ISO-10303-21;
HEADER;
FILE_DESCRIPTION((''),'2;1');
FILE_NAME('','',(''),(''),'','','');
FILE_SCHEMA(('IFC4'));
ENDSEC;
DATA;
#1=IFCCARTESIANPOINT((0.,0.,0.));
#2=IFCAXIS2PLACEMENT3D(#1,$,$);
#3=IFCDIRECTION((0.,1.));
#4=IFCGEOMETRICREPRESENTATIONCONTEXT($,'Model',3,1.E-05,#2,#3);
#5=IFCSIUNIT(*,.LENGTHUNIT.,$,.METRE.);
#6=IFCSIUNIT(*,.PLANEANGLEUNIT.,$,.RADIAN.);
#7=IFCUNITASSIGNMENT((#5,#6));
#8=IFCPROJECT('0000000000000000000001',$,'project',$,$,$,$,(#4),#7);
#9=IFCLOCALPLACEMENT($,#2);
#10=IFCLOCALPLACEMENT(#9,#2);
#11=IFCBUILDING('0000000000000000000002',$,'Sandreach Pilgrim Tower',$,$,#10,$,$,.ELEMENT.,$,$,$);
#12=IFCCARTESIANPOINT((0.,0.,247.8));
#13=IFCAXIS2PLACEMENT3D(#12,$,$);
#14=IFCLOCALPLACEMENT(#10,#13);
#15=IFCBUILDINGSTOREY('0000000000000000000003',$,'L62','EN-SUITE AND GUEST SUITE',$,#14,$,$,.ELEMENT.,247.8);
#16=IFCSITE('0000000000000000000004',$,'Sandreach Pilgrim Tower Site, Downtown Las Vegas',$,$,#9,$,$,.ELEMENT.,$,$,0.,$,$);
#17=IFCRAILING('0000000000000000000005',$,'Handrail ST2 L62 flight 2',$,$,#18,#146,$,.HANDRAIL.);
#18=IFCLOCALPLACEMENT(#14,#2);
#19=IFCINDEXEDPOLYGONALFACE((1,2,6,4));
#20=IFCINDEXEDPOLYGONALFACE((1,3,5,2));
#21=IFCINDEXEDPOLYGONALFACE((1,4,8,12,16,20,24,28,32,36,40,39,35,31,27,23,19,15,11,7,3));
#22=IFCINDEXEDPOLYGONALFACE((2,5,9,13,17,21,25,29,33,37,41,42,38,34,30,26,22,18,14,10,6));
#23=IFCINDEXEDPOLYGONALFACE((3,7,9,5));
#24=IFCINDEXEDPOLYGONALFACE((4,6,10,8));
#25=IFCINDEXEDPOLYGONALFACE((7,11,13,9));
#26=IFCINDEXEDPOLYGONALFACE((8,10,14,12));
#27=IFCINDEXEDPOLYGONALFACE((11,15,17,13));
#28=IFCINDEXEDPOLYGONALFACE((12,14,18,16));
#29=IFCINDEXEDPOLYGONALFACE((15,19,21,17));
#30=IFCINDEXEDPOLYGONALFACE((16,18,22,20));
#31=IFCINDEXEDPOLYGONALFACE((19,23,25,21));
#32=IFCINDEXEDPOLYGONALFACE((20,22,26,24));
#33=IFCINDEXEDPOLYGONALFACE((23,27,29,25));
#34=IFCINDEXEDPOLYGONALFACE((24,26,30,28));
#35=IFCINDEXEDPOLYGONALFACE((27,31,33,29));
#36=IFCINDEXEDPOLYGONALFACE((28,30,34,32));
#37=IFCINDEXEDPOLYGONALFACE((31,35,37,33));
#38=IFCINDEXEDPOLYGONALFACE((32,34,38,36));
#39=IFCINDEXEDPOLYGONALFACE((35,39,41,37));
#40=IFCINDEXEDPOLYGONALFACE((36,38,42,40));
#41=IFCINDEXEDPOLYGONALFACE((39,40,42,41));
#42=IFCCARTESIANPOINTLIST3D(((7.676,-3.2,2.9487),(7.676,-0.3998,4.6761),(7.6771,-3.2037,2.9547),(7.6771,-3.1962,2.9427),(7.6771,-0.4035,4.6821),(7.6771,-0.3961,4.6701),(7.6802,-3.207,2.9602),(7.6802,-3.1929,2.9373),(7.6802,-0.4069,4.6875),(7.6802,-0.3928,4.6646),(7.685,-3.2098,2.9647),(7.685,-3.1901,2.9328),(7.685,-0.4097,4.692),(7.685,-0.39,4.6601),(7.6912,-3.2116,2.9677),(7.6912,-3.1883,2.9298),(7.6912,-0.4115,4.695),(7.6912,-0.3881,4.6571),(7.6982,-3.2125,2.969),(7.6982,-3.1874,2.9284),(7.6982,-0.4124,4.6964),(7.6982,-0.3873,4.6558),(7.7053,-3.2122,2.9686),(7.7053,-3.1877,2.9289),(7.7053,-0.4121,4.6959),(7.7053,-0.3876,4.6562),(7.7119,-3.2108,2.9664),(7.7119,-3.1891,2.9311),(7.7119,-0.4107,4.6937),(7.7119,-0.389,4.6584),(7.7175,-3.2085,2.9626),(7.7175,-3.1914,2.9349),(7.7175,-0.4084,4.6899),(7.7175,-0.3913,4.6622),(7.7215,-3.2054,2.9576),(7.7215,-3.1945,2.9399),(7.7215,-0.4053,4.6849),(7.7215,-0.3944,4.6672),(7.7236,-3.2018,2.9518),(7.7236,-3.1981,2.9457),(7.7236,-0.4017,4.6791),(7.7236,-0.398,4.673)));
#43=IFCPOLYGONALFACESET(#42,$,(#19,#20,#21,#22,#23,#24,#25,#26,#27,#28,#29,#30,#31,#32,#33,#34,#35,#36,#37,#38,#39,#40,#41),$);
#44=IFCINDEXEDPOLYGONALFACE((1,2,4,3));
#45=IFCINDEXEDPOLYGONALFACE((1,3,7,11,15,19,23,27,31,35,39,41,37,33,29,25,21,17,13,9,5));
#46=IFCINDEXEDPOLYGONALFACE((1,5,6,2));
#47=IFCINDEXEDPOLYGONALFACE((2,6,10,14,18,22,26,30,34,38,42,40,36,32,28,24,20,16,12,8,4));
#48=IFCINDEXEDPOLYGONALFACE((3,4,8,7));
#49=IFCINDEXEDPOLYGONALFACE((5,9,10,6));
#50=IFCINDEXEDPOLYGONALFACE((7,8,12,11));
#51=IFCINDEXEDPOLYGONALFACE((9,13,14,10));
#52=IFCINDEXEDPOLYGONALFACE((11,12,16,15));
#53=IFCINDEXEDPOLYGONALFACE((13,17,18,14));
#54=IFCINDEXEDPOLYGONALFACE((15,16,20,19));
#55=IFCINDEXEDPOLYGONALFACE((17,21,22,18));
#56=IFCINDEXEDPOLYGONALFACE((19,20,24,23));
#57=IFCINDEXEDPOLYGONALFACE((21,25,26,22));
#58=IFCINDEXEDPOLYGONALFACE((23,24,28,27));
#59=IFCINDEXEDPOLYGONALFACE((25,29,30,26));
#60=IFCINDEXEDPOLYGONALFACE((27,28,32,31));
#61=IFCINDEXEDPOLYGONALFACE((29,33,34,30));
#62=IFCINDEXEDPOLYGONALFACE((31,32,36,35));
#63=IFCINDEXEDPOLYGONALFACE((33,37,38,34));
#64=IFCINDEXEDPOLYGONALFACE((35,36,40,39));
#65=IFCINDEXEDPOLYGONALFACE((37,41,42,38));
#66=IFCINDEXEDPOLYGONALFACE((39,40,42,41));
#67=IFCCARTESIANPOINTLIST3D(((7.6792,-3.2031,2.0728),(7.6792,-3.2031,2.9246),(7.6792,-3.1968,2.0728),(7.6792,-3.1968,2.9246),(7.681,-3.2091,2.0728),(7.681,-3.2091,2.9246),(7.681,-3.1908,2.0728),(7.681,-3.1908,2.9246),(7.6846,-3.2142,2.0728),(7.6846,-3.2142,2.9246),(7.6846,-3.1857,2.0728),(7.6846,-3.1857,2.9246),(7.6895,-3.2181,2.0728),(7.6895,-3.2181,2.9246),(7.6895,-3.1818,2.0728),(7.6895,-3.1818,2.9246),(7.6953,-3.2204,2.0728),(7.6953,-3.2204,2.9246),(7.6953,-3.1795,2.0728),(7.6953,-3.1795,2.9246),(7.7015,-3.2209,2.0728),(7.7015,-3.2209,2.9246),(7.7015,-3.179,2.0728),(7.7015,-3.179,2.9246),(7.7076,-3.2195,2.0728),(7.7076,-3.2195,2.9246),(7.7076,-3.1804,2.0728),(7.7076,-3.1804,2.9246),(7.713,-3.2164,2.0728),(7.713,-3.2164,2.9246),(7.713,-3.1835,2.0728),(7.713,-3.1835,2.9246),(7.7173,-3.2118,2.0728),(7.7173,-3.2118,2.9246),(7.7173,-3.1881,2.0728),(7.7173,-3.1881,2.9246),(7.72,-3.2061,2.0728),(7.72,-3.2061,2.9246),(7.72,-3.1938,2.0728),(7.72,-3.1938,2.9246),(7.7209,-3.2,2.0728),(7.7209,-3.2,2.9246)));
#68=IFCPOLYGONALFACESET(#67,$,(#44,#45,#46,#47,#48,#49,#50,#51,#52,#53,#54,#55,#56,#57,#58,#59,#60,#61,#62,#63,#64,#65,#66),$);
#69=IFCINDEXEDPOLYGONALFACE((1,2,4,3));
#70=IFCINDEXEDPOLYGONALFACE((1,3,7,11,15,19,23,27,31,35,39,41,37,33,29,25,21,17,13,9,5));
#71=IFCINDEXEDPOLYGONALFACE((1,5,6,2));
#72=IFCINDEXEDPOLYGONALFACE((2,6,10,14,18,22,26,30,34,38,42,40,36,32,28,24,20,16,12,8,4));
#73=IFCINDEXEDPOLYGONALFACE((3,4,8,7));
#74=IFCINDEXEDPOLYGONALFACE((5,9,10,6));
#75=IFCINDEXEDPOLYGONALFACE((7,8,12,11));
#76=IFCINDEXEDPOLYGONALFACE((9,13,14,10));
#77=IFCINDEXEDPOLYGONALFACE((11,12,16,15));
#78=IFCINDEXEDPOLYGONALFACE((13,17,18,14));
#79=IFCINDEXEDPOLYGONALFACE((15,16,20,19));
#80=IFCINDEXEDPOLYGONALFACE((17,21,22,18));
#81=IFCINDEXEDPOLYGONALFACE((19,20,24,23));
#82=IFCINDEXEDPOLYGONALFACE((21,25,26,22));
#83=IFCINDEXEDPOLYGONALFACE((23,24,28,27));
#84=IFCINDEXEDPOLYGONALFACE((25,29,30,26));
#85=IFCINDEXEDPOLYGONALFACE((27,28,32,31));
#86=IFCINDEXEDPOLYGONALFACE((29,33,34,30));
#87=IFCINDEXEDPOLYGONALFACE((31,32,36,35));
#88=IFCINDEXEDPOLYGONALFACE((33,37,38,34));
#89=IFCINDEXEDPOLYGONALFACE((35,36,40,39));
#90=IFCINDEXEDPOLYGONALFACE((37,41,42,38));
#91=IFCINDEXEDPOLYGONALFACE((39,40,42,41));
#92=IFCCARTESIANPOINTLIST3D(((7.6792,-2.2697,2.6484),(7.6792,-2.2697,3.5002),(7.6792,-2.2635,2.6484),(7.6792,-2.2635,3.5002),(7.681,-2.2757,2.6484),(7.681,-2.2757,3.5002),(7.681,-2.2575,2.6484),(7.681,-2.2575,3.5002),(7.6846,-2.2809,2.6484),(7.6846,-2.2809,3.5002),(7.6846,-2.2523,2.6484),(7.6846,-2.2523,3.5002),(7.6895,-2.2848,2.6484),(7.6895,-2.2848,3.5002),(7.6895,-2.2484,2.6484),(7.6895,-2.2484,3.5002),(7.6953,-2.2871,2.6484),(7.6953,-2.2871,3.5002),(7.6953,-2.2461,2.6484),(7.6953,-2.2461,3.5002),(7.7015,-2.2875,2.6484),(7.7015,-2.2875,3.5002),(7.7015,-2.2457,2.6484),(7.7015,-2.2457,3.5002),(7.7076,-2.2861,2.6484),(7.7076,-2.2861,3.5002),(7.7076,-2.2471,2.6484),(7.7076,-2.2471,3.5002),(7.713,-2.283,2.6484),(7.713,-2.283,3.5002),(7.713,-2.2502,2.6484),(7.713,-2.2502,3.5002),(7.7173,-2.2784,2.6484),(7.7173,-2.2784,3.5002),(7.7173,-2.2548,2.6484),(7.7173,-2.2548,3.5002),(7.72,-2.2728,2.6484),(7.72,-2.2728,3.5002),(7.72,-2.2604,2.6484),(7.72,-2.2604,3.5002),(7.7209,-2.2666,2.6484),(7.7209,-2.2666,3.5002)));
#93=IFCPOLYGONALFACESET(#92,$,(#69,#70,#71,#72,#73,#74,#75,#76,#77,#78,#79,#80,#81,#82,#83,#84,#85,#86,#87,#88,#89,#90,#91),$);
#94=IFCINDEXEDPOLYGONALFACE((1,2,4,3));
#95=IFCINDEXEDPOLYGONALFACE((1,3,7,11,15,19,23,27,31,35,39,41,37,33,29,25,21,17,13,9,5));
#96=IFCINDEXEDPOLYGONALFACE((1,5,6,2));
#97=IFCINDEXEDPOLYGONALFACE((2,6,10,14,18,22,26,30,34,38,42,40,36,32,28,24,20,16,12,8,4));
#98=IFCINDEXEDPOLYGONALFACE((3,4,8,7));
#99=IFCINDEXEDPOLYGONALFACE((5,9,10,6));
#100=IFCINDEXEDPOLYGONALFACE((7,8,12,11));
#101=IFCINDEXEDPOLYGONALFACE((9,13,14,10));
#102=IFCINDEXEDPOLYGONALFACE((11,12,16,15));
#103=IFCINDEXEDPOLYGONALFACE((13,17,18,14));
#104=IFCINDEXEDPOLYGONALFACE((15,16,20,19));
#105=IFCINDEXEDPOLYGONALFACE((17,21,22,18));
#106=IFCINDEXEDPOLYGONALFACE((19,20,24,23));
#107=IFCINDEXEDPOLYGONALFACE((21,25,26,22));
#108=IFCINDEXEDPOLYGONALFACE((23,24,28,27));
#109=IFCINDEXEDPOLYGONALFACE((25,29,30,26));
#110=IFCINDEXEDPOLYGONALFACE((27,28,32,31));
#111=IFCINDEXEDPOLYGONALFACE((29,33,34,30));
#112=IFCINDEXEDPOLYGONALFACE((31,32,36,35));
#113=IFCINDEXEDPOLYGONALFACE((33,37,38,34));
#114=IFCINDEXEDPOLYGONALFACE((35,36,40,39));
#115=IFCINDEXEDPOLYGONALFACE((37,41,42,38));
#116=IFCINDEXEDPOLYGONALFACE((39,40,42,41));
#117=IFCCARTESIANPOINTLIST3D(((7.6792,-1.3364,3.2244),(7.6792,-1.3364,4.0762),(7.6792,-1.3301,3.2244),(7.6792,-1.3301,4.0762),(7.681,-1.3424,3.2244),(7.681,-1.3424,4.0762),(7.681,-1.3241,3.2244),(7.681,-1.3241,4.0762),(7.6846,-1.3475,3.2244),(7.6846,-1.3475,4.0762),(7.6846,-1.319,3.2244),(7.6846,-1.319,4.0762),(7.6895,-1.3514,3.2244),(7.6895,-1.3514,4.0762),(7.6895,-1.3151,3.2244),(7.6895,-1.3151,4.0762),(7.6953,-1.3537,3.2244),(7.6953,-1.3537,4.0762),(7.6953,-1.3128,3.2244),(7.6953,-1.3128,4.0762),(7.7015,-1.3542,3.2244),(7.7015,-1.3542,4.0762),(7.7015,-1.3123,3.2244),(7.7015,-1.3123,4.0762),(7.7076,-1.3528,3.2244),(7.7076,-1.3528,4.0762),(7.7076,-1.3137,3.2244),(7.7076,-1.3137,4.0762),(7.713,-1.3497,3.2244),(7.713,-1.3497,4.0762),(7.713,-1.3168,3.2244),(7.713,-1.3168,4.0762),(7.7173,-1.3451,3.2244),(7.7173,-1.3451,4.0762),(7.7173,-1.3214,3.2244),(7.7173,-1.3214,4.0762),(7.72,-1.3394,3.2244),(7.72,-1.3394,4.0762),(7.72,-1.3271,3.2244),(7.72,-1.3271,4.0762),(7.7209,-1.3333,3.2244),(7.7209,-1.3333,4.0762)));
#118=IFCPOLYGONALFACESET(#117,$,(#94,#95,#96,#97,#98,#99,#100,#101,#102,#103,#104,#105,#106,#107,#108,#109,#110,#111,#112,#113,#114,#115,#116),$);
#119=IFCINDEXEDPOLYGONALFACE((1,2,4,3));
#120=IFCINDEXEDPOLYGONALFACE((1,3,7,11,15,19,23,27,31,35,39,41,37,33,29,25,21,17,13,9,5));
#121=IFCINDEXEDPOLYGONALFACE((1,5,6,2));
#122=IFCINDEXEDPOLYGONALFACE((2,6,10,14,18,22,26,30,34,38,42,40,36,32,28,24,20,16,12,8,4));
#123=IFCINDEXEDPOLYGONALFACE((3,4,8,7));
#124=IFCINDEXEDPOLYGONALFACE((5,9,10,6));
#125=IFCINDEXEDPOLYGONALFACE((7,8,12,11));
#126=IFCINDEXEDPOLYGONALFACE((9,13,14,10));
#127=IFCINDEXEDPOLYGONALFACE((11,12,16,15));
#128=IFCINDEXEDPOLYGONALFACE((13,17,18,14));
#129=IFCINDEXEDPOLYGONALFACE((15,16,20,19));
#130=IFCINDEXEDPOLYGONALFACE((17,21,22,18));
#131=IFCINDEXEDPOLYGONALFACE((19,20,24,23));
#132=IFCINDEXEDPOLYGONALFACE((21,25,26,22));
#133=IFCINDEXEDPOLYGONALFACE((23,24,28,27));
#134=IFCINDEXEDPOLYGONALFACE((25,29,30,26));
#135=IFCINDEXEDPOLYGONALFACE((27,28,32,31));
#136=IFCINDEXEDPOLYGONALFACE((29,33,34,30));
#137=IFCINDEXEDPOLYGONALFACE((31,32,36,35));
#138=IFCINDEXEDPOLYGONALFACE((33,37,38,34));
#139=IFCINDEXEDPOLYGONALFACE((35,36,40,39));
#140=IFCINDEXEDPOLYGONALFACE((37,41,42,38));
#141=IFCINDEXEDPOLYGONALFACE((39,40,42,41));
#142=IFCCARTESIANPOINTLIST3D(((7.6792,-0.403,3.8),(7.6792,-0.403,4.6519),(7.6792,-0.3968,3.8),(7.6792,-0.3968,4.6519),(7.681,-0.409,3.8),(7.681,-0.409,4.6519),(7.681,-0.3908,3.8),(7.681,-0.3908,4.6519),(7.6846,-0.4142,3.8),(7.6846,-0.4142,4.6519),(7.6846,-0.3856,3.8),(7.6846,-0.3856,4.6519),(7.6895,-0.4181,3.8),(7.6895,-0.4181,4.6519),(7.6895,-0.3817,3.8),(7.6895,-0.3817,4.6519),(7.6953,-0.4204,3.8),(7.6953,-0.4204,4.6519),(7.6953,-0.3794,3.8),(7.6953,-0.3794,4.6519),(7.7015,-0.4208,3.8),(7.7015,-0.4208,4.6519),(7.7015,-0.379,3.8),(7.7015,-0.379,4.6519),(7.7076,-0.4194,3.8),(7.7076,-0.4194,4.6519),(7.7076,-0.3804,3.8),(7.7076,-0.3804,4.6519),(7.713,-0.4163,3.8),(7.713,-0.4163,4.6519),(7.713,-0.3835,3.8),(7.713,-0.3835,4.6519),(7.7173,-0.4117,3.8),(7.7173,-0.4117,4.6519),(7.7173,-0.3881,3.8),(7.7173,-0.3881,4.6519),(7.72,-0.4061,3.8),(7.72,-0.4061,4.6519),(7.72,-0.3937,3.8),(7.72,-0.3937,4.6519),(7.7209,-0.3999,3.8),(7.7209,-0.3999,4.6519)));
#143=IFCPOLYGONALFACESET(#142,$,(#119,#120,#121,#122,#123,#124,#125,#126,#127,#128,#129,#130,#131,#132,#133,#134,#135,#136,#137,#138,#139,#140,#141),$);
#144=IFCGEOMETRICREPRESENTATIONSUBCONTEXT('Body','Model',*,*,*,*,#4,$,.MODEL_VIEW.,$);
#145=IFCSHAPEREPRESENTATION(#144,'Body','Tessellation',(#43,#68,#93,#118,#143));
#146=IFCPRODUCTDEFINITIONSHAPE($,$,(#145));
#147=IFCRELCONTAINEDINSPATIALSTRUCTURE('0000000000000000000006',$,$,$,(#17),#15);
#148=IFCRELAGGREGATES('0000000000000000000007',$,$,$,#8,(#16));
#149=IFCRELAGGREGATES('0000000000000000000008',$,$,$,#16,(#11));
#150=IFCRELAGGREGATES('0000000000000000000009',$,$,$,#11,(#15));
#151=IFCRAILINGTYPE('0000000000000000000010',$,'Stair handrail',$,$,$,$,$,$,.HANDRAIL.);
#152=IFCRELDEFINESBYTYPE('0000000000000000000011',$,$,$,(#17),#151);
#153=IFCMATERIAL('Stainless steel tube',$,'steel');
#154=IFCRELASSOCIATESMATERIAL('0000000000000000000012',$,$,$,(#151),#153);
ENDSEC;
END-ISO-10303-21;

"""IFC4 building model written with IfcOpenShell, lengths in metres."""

from ifc_helpers import new_model, si_unit, direction, frame, origin, origin_2d, place, context, subcontext, project, spatial, circle, extrude, material, type_object, element, save


model = new_model("IFC4")

# Units and contexts
model_context = context("Model", 3, precision=1e-05, world=origin(), true_north=direction((0.0, 1.0)))
body_context = subcontext(model_context, "Body", "Model", "MODEL_VIEW")
ifc_project = project(units=[si_unit("LENGTHUNIT", "METRE"), si_unit("PLANEANGLEUNIT", "RADIAN")], contexts=[model_context])

# Site, building, storey
site_placement = place(None, origin())
site = spatial("IfcSite", under=ifc_project, at=site_placement, Name="Sandreach Pilgrim Tower Site, Downtown Las Vegas", CompositionType="ELEMENT", RefElevation=0.0)
building_placement = place(site_placement, origin())
building = spatial("IfcBuilding", under=site, at=building_placement, Name="Sandreach Pilgrim Tower", CompositionType="ELEMENT")
storey_placement = place(building_placement, frame((0.0, 0.0, 247.8)))
storey = spatial("IfcBuildingStorey", under=building, at=storey_placement, Name="L62", Description="EN-SUITE AND GUEST SUITE", CompositionType="ELEMENT", Elevation=247.8)

# Railing
ifc_material_1 = material(Name="Stainless steel tube", Category="steel")
railing_type = type_object("IfcRailingType", Name="Stair handrail", PredefinedType="HANDRAIL", material=ifc_material_1)
for number, where, name in (
    (1, (7.7, -3.2, 2.0728), "Handrail ST2 L62 flight 2"),
):
    element("IfcRailing", number, at=place(storey_placement, frame(where)), inside=storey, type_object=railing_type, Name=name, PredefinedType="HANDRAIL", context=body_context, shape_type="SweptSolid", body=[
        extrude(circle(Radius=0.0239, at=origin_2d()), frame((0.0, 0.0, 0.876), z_axis=(0.0, 0.85109, 0.52502), x_axis=(-1.0, 0.0, 0.0)), (0.0, 0.0, 1.0), 3.29),
        extrude(circle(Radius=0.021, at=origin_2d()), origin(), (0.0, 0.0, 1.0), 0.8518),
        extrude(circle(Radius=0.021, at=origin_2d()), frame((0.0, 0.9333, 0.5757)), (0.0, 0.0, 1.0), 0.8518),
        extrude(circle(Radius=0.021, at=origin_2d()), frame((0.0, 1.8667, 1.1516)), (0.0, 0.0, 1.0), 0.8518),
        extrude(circle(Radius=0.021, at=origin_2d()), frame((0.0, 2.8, 1.7273)), (0.0, 0.0, 1.0), 0.8518),
    ])

save(model, "model.ifc")
